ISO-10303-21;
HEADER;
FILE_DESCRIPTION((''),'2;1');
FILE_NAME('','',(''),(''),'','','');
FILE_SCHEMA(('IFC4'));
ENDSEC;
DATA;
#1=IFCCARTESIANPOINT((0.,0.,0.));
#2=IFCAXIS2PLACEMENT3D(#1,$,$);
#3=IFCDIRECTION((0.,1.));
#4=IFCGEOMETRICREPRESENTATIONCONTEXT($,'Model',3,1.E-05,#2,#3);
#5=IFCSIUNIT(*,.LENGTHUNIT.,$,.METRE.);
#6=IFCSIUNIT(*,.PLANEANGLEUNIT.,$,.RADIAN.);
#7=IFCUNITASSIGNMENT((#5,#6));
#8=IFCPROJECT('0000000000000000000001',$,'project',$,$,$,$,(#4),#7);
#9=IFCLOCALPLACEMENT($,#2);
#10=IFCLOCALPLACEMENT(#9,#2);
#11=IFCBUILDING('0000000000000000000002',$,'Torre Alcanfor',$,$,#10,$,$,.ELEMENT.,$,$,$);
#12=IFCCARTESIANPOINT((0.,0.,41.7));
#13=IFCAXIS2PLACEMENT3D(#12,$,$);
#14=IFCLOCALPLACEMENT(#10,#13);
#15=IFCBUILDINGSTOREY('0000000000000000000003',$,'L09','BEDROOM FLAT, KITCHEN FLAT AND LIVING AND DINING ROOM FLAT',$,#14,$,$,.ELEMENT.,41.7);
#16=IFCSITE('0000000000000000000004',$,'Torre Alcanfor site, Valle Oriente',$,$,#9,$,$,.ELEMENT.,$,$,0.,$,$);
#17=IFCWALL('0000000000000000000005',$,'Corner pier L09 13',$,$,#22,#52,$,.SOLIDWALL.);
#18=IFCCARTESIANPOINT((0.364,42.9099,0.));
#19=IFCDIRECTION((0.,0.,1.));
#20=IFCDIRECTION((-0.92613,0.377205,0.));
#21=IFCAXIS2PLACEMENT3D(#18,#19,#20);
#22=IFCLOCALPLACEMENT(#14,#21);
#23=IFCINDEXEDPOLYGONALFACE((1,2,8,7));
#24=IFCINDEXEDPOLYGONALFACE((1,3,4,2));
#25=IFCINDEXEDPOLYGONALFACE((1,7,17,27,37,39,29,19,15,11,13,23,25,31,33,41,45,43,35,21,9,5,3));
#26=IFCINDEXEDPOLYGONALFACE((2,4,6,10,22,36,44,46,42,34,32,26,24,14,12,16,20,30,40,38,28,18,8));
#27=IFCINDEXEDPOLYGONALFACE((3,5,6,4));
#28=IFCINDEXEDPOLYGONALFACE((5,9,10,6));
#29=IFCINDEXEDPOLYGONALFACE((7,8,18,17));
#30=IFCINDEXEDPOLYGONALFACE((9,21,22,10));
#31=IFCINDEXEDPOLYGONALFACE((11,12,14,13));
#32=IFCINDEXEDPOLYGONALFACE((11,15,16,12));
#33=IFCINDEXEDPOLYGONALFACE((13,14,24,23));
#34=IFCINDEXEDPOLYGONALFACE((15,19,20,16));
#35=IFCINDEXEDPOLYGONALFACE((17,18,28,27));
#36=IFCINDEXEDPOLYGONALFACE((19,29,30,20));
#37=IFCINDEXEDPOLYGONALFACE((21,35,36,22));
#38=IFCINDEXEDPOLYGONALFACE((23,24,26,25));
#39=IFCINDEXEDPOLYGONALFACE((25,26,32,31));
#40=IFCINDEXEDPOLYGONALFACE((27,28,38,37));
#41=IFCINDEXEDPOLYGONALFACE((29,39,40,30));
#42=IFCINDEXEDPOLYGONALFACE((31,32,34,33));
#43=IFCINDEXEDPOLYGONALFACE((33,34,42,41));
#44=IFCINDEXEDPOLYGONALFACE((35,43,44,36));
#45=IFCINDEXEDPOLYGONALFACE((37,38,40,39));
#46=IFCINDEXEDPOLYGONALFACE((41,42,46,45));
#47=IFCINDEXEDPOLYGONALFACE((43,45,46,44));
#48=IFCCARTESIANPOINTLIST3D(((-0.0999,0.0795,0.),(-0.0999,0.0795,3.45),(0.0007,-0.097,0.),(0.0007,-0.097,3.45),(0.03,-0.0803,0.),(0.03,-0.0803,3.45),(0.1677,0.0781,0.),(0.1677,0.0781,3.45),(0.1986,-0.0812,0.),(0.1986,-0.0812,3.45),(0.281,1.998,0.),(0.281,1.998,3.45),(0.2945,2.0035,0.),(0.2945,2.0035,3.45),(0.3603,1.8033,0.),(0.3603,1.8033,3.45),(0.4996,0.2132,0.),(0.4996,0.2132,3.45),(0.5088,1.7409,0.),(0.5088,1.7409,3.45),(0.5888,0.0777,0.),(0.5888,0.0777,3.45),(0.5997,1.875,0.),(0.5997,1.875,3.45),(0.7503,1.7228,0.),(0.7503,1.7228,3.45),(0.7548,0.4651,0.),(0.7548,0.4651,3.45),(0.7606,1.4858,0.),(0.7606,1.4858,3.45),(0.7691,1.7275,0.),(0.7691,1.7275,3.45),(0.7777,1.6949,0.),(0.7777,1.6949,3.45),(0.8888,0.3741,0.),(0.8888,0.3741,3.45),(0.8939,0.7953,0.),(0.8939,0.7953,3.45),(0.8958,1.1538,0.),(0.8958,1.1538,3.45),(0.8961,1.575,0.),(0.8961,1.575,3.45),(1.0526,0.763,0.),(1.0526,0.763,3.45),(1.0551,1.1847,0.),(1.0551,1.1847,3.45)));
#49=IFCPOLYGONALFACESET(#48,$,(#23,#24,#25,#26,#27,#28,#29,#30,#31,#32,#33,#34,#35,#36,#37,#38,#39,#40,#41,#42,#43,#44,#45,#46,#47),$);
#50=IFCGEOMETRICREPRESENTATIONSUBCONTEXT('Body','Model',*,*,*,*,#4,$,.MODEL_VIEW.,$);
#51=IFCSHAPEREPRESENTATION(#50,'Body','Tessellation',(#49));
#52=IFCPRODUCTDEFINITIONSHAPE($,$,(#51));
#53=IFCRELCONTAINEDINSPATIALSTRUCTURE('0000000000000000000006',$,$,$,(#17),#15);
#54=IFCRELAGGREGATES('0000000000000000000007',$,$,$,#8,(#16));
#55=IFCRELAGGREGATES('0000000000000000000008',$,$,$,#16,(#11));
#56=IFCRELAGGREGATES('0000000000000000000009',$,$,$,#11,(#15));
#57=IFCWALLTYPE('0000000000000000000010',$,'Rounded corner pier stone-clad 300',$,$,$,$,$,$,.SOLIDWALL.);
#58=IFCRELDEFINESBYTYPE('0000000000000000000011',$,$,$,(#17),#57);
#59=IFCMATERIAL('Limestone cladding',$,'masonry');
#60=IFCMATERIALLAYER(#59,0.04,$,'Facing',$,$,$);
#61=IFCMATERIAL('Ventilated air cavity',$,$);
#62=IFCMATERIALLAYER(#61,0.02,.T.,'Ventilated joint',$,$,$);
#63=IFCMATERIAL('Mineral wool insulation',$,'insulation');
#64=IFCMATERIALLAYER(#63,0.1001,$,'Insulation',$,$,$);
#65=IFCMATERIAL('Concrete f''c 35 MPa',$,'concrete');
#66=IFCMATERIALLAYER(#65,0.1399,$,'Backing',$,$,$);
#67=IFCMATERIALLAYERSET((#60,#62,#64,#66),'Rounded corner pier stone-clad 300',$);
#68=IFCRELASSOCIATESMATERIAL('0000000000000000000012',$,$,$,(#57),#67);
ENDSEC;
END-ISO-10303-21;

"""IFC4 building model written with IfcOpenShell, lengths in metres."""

from ifc_helpers import new_model, si_unit, direction, frame, origin, place, context, subcontext, project, spatial, polyline, outline, extrude, material, layer, layer_set, type_object, element, save


model = new_model("IFC4")

# Units and contexts
model_context = context("Model", 3, precision=1e-05, world=origin(), true_north=direction((0.0, 1.0)))
body_context = subcontext(model_context, "Body", "Model", "MODEL_VIEW")
ifc_project = project(units=[si_unit("LENGTHUNIT", "METRE"), si_unit("PLANEANGLEUNIT", "RADIAN")], contexts=[model_context])

# Site, building, storey
site_placement = place(None, origin())
site = spatial("IfcSite", under=ifc_project, at=site_placement, Name="Torre Alcanfor site, Valle Oriente", CompositionType="ELEMENT", RefElevation=0.0)
building_placement = place(site_placement, origin())
building = spatial("IfcBuilding", under=site, at=building_placement, Name="Torre Alcanfor", CompositionType="ELEMENT")
storey_placement = place(building_placement, frame((0.0, 0.0, 41.7)))
storey = spatial("IfcBuildingStorey", under=building, at=storey_placement, Name="L09", Description="BEDROOM FLAT, KITCHEN FLAT AND LIVING AND DINING ROOM FLAT", CompositionType="ELEMENT", Elevation=41.7)

# Shared definitions
ifc_material_1 = material(Name="Limestone cladding", Category="masonry")
ifc_material_2 = material(Name="Ventilated air cavity")
ifc_material_3 = material(Name="Mineral wool insulation", Category="insulation")
ifc_material_4 = material(Name="Concrete f'c 35 MPa", Category="concrete")

# Wall
ifc_layer_1 = layer(ifc_material_1, 0.04, Name="Facing")
ifc_layer_2 = layer(ifc_material_2, 0.02, ventilated=True, Name="Ventilated joint")
ifc_layer_3 = layer(ifc_material_3, 0.1001, Name="Insulation")
ifc_layer_4 = layer(ifc_material_4, 0.1399, Name="Backing")
ifc_layer_set_1 = layer_set([ifc_layer_1, ifc_layer_2, ifc_layer_3, ifc_layer_4], Name="Rounded corner pier stone-clad 300")
wall_type_1 = type_object("IfcWallType", Name="Rounded corner pier stone-clad 300", PredefinedType="SOLIDWALL", material=ifc_layer_set_1)
wall_1_placement = place(storey_placement, frame((0.364, 42.9099, 0.0), z_axis=(0.0, 0.0, 1.0), x_axis=(-0.92613, 0.377205, 0.0)))
element("IfcWall", 1, at=wall_1_placement, inside=storey, type_object=wall_type_1, Name="Corner pier L09 13", PredefinedType="SOLIDWALL", context=body_context, shape_type="SweptSolid", body=[
    extrude(outline(polyline([(0.3603, 1.8033), (0.5088, 1.7409), (0.7606, 1.4858), (0.8958, 1.1538), (0.8939, 0.7953), (0.7548, 0.4651), (0.4996, 0.2132), (0.1677, 0.0781), (-0.0999, 0.0795), (0.0007, -0.097), (0.03, -0.0803), (0.1986, -0.0812), (0.5888, 0.0777), (0.8888, 0.3741), (1.0526, 0.763), (1.0551, 1.1847), (0.8961, 1.575), (0.7777, 1.6949), (0.7691, 1.7275), (0.7503, 1.7228), (0.5997, 1.875), (0.2945, 2.0035), (0.281, 1.998), (0.3603, 1.8033)])), origin(), (0.0, 0.0, 1.0), 3.45),
])

save(model, "model.ifc")
